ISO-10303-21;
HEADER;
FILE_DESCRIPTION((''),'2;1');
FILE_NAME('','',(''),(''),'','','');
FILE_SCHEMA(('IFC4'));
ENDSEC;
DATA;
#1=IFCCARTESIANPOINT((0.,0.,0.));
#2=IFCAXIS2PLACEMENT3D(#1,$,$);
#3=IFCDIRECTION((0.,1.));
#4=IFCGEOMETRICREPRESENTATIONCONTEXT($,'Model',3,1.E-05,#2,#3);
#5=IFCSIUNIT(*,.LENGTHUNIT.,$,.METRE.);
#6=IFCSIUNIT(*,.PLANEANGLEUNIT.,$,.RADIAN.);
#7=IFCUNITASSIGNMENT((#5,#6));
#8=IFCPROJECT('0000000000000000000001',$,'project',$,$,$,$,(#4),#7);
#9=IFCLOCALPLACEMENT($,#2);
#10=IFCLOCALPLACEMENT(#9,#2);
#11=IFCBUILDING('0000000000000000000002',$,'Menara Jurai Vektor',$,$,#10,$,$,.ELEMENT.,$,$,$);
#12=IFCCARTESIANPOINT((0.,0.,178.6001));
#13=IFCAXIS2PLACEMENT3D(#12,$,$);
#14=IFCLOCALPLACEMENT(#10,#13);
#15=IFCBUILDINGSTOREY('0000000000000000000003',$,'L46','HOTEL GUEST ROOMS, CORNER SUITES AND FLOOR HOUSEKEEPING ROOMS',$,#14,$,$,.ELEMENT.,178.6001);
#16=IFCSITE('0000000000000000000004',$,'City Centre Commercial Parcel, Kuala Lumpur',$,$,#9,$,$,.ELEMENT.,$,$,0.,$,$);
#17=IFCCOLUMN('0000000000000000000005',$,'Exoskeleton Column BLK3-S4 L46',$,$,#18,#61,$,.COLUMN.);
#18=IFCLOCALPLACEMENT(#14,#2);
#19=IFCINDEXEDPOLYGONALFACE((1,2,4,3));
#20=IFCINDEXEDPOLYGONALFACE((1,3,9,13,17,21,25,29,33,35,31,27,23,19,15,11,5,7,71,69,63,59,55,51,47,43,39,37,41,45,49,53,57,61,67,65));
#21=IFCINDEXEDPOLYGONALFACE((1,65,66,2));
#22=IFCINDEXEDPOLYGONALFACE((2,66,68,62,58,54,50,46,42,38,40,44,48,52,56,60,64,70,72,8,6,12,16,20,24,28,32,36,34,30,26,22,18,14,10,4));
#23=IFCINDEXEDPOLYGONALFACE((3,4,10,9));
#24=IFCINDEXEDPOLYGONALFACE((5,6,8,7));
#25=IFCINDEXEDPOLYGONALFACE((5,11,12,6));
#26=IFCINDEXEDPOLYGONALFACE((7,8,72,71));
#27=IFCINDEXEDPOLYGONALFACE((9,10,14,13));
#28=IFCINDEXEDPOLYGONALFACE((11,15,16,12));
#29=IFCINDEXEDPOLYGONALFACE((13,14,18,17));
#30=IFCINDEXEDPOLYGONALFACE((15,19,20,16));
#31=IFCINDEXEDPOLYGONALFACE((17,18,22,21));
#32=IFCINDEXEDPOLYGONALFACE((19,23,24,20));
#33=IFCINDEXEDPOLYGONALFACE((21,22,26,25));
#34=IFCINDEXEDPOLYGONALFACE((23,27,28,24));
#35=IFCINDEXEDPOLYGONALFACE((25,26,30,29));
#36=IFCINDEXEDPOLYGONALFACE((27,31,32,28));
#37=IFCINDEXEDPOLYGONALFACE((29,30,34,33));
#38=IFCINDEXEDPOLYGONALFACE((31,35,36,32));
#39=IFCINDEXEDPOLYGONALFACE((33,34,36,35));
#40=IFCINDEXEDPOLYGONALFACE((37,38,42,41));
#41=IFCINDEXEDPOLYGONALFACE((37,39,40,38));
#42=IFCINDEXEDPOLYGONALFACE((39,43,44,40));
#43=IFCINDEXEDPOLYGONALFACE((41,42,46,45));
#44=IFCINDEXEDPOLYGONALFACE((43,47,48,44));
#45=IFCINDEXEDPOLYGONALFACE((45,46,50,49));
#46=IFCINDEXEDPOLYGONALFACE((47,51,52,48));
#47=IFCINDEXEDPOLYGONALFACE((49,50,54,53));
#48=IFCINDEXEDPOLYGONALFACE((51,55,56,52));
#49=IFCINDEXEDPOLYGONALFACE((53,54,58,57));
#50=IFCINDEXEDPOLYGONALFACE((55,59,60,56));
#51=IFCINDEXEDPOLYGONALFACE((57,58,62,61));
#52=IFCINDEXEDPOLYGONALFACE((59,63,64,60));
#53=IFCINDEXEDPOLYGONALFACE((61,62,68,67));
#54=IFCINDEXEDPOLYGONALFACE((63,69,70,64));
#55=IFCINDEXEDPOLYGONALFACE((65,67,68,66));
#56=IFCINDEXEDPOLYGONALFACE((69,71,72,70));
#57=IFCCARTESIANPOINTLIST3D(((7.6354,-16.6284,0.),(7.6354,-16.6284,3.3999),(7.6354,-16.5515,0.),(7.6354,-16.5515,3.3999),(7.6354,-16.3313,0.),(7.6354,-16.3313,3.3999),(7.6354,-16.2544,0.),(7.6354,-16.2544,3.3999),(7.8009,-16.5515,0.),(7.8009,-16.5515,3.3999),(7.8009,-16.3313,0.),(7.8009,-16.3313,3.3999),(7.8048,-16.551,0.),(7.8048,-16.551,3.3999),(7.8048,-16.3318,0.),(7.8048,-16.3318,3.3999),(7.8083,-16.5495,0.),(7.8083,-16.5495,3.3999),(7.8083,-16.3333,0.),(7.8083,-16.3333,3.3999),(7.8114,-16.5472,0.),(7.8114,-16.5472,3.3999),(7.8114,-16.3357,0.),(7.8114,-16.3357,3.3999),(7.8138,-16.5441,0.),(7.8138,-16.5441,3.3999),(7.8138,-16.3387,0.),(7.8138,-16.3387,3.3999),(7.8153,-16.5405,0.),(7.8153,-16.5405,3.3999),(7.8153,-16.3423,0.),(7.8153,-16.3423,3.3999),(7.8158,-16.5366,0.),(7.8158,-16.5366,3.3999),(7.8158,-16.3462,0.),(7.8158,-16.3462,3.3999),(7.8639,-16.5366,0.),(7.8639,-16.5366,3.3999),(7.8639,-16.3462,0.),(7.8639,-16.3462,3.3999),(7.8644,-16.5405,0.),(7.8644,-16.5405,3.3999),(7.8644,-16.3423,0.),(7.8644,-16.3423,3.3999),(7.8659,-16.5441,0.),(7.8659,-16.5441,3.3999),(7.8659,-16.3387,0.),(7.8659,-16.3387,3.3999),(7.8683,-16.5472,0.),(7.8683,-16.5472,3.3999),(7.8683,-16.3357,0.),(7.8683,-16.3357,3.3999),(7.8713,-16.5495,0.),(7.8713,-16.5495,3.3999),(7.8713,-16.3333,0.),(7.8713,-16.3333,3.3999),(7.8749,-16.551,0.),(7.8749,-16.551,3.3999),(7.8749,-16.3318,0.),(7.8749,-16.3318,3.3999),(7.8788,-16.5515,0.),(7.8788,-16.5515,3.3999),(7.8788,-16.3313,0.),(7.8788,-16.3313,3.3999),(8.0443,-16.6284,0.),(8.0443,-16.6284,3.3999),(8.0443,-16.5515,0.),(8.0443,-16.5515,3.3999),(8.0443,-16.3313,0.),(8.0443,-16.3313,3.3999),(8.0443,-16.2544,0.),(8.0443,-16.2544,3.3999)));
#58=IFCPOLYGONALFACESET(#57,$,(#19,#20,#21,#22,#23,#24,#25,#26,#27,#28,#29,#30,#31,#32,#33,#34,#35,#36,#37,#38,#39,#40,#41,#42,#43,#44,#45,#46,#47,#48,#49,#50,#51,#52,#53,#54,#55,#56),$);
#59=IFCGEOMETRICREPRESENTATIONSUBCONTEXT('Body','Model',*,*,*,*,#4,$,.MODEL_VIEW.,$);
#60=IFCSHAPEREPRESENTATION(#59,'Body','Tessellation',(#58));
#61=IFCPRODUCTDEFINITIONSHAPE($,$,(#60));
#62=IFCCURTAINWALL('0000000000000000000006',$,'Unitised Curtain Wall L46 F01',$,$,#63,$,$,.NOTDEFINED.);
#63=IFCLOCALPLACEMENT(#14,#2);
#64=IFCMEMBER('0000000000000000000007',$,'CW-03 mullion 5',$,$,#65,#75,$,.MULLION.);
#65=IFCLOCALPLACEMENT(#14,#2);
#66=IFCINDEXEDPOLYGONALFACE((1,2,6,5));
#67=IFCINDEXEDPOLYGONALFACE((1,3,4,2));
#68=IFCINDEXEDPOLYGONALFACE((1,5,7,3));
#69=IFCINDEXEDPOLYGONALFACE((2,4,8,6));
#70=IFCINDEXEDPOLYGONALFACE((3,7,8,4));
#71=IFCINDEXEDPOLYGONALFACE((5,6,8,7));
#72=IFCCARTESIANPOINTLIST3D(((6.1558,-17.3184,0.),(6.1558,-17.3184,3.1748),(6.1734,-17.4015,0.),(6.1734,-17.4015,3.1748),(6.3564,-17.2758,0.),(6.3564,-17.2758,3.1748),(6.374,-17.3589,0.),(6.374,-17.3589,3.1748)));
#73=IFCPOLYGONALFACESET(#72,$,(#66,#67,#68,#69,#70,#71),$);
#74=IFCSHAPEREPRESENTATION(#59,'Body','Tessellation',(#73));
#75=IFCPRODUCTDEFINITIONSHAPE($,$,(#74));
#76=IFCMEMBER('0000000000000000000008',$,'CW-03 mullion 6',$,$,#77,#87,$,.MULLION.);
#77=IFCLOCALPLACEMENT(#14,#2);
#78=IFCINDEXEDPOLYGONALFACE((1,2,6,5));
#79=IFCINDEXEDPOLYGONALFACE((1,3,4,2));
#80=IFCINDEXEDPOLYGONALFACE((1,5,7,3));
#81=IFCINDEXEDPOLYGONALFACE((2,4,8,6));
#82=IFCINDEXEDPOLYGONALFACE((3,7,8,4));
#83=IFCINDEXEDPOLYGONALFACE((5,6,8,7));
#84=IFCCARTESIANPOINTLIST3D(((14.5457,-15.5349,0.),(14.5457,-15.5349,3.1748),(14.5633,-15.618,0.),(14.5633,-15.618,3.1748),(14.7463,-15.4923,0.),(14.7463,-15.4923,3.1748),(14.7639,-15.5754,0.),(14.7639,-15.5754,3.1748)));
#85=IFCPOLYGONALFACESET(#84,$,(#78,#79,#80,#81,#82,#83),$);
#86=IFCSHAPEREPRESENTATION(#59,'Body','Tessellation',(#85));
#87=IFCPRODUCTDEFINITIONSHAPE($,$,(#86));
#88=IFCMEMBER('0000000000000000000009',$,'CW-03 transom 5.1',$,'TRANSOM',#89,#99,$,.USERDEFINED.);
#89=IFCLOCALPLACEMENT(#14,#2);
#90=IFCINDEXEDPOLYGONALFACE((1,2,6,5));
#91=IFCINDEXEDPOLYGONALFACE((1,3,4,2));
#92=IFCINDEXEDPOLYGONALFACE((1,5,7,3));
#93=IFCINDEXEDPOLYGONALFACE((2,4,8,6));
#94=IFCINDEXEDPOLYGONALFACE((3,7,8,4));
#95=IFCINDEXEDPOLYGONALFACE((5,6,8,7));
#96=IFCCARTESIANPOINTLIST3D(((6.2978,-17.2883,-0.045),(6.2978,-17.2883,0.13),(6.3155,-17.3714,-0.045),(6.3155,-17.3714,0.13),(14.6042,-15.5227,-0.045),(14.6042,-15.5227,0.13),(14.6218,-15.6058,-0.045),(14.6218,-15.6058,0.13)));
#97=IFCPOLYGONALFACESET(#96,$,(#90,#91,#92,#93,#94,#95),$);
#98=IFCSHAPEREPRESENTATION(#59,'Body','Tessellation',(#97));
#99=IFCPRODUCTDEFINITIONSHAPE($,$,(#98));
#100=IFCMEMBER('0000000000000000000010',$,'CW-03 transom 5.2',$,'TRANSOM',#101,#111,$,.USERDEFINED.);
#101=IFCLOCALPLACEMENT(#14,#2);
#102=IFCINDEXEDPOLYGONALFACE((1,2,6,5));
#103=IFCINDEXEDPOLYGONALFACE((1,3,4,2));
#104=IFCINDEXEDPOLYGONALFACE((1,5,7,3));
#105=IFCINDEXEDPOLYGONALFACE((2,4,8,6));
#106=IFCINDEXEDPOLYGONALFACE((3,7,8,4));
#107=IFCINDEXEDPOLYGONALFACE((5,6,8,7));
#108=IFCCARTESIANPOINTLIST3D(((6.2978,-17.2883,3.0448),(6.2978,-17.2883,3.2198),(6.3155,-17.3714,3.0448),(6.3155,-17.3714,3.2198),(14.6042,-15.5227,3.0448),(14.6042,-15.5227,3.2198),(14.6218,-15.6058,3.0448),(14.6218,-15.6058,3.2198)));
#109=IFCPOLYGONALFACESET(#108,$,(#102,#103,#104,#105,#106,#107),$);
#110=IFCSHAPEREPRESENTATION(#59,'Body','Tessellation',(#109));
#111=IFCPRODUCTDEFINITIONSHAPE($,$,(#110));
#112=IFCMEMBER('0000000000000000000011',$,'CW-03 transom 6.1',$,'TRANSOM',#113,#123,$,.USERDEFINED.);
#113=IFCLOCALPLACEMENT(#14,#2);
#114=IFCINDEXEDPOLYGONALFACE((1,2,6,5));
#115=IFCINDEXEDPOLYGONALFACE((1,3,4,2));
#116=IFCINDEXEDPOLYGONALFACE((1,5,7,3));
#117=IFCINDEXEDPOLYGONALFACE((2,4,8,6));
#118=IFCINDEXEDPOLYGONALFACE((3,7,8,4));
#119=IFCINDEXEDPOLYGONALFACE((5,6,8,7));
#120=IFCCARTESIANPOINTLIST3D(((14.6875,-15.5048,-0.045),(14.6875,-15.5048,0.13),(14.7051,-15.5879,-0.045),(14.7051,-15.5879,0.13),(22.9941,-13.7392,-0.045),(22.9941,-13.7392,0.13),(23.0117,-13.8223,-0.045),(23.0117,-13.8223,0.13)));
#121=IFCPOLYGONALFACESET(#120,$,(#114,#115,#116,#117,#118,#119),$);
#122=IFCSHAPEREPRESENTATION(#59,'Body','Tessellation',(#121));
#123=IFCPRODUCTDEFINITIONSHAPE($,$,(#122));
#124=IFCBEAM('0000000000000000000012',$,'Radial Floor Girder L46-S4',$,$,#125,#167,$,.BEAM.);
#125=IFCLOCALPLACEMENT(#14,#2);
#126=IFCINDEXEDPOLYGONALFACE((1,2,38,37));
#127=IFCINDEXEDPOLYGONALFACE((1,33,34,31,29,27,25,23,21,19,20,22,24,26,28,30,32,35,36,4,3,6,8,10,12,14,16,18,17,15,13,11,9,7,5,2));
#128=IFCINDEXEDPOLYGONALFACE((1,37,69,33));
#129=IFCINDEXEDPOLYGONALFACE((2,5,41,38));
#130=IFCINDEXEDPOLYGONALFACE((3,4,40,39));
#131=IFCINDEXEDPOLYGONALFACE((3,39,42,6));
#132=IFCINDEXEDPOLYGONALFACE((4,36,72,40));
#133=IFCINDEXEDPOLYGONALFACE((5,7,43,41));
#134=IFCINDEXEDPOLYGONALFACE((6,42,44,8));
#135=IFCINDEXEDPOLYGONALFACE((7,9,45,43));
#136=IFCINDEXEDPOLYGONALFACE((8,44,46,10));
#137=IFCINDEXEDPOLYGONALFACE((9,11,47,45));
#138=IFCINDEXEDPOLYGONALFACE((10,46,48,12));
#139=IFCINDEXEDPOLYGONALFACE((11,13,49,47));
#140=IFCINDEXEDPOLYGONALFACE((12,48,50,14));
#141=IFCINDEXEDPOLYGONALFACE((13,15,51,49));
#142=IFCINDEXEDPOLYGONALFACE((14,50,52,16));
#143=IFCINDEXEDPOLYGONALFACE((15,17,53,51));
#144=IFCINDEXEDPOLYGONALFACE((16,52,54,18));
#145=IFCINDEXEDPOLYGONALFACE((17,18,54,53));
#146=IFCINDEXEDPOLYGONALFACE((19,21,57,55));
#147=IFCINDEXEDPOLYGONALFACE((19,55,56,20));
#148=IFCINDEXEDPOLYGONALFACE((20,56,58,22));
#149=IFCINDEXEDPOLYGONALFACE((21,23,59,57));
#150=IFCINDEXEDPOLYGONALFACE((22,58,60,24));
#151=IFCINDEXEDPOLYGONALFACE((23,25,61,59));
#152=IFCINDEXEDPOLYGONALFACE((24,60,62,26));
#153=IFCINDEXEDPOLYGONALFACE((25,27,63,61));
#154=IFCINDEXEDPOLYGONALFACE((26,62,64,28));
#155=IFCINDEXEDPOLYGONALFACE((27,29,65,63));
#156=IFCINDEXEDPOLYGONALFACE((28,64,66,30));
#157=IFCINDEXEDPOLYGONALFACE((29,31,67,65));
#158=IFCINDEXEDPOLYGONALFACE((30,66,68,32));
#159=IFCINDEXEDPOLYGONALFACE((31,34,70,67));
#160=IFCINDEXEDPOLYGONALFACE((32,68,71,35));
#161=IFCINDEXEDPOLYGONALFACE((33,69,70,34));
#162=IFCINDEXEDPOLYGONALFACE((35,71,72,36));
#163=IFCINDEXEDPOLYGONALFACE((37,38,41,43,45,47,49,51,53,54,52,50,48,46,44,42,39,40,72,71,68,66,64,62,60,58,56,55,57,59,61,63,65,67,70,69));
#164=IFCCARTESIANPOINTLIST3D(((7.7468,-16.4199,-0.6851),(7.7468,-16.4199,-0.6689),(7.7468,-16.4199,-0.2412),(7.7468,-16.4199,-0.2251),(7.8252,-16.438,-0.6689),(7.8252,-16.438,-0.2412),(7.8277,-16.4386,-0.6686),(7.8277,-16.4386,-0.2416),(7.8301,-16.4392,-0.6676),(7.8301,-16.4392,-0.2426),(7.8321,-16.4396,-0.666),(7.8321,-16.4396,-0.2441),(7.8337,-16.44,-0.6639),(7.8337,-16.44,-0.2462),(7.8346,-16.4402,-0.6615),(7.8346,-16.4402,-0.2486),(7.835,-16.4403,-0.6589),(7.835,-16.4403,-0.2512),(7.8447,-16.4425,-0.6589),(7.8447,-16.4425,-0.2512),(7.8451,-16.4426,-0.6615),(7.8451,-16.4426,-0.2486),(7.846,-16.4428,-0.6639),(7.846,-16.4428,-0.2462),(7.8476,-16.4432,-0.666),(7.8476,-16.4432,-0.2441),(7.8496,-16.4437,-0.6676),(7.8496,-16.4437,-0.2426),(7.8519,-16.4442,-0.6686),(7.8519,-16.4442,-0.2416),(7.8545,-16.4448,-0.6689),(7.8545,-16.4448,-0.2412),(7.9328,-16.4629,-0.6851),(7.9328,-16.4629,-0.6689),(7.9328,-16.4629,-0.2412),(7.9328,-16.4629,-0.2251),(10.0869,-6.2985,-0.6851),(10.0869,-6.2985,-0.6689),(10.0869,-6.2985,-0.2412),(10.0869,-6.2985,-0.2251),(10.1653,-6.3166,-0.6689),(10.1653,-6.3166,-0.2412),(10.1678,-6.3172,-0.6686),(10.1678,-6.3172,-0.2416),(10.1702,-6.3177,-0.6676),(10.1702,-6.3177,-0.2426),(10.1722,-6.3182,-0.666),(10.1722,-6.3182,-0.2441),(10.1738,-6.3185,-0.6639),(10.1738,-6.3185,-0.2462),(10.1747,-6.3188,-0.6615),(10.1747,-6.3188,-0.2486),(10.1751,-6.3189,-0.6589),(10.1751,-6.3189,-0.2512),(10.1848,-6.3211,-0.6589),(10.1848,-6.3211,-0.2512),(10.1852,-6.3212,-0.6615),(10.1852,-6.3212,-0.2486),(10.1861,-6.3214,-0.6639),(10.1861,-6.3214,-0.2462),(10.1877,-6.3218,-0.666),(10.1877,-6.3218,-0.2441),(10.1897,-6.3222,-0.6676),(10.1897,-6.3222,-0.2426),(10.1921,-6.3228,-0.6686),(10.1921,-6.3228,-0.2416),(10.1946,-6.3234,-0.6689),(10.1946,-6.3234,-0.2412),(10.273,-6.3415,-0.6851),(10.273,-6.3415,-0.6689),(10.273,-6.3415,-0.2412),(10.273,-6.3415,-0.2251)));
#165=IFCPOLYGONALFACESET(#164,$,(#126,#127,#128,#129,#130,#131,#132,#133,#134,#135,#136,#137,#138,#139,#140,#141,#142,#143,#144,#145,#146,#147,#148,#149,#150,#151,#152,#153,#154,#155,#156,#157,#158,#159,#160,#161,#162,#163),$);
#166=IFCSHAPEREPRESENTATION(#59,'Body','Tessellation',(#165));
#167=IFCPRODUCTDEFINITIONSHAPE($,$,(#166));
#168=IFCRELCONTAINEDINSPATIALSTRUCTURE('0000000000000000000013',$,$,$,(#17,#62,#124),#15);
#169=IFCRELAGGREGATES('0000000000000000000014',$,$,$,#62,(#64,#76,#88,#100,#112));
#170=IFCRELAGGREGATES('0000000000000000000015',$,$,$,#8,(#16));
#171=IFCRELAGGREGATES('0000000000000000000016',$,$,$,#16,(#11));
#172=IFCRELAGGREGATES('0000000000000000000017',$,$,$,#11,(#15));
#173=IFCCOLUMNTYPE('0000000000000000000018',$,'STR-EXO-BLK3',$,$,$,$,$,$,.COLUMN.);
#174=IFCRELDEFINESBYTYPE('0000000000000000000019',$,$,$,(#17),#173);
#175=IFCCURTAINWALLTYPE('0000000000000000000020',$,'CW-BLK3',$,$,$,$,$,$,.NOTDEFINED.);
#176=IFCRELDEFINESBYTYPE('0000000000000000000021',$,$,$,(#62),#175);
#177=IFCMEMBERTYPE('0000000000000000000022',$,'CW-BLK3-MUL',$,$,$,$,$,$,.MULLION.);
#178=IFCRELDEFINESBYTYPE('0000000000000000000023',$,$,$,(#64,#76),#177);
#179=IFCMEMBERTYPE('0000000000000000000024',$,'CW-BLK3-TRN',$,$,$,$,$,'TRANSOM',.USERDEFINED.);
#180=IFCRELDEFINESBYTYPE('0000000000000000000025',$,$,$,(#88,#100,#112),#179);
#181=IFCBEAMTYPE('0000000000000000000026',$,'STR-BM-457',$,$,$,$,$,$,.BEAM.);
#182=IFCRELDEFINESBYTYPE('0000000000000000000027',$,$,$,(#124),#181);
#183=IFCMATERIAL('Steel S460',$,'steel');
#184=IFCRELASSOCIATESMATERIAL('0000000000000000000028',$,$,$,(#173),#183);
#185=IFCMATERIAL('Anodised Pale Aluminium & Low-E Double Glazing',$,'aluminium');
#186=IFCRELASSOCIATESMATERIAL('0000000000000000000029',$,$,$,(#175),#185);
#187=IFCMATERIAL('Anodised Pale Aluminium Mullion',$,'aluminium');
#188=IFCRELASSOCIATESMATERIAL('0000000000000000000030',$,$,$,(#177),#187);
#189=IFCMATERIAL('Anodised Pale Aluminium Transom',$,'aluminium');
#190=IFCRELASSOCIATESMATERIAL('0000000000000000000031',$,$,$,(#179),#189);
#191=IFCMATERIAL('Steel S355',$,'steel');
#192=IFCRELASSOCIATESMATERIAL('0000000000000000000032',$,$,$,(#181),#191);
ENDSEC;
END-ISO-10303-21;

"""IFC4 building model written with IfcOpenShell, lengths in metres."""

from ifc_helpers import new_model, si_unit, direction, frame, origin, origin_2d, place, context, subcontext, project, spatial, rectangle, i_section, extrude, material, material_profile, profile_set, type_object, element, aggregate, save


model = new_model("IFC4")

# Units and contexts
model_context = context("Model", 3, precision=1e-05, world=origin(), true_north=direction((0.0, 1.0)))
body_context = subcontext(model_context, "Body", "Model", "MODEL_VIEW")
ifc_project = project(units=[si_unit("LENGTHUNIT", "METRE"), si_unit("PLANEANGLEUNIT", "RADIAN")], contexts=[model_context])

# Site, building, storey
site_placement = place(None, origin())
site = spatial("IfcSite", under=ifc_project, at=site_placement, Name="City Centre Commercial Parcel, Kuala Lumpur", CompositionType="ELEMENT", RefElevation=0.0)
building_placement = place(site_placement, origin())
building = spatial("IfcBuilding", under=site, at=building_placement, Name="Menara Jurai Vektor", CompositionType="ELEMENT")
storey_placement = place(building_placement, frame((0.0, 0.0, 178.6001)))
storey = spatial("IfcBuildingStorey", under=building, at=storey_placement, Name="L46", Description="HOTEL GUEST ROOMS, CORNER SUITES AND FLOOR HOUSEKEEPING ROOMS", CompositionType="ELEMENT", Elevation=178.6001)

# Column
ifc_material_1 = material(Name="Steel S460", Category="steel")
ifc_material_profile_1 = material_profile(ifc_material_1, i_section(OverallWidth=0.4089, OverallDepth=0.374, WebThickness=0.0481, FlangeThickness=0.0769, FilletRadius=0.0149, at=origin_2d()), Name="HD 400x634")
ifc_profile_set_1 = profile_set([ifc_material_profile_1], Name="Steel S460")
column_type = type_object("IfcColumnType", Name="STR-EXO-BLK3", PredefinedType="COLUMN", material=ifc_profile_set_1)
column_placement = place(storey_placement, frame((7.8398, -16.4414, 0.0), z_axis=(0.0, 0.0, 1.0), x_axis=(1.0, 0.0, 0.0)))
element("IfcColumn", 1, at=column_placement, inside=storey, type_object=column_type, Name="Exoskeleton Column BLK3-S4 L46", PredefinedType="COLUMN", context=body_context, shape_type="SweptSolid", body=[
    extrude(i_section(OverallWidth=0.4089, OverallDepth=0.374, WebThickness=0.0481, FlangeThickness=0.0769, FilletRadius=0.0149, at=origin_2d()), origin(), (0.0, 0.0, 1.0), 3.3999),
])

# Curtain wall, members
ifc_material_2 = material(Name="Anodised Pale Aluminium & Low-E Double Glazing", Category="aluminium")
curtain_wall_type = type_object("IfcCurtainWallType", Name="CW-BLK3", PredefinedType="NOTDEFINED", material=ifc_material_2)
curtain_wall_placement = place(storey_placement, origin())
curtain_wall = element("IfcCurtainWall", 2, at=curtain_wall_placement, inside=storey, type_object=curtain_wall_type, Name="Unitised Curtain Wall L46 F01", PredefinedType="NOTDEFINED")
ifc_material_3 = material(Name="Anodised Pale Aluminium Mullion", Category="aluminium")
ifc_material_profile_2 = material_profile(ifc_material_3, rectangle(XDim=0.085, YDim=0.2051, at=origin_2d()), Name="ALU MUL 85x205")
ifc_profile_set_2 = profile_set([ifc_material_profile_2], Name="Anodised Pale Aluminium Mullion")
member_type_1 = type_object("IfcMemberType", Name="CW-BLK3-MUL", PredefinedType="MULLION", material=ifc_profile_set_2)
member_1_placement = place(storey_placement, frame((6.2649, -17.3386, 0.0), z_axis=(0.0, 0.0, 1.0), x_axis=(-0.207911, 0.978148, 0.0)))
member_1 = element("IfcMember", 3, at=member_1_placement, type_object=member_type_1, Name="CW-03 mullion 5", PredefinedType="MULLION", context=body_context, shape_type="SweptSolid", body=[
    extrude(rectangle(XDim=0.085, YDim=0.2051, at=origin_2d()), origin(), (0.0, 0.0, 1.0), 3.1748),
])
member_2_placement = place(storey_placement, frame((14.6548, -15.5552, 0.0), z_axis=(0.0, 0.0, 1.0), x_axis=(-0.207911, 0.978148, 0.0)))
member_2 = element("IfcMember", 4, at=member_2_placement, type_object=member_type_1, Name="CW-03 mullion 6", PredefinedType="MULLION", context=body_context, shape_type="SweptSolid", body=[
    extrude(rectangle(XDim=0.085, YDim=0.2051, at=origin_2d()), origin(), (0.0, 0.0, 1.0), 3.1748),
])
ifc_material_4 = material(Name="Anodised Pale Aluminium Transom", Category="aluminium")
ifc_material_profile_3 = material_profile(ifc_material_4, rectangle(XDim=0.085, YDim=0.175, at=origin_2d()), Name="ALU TRN 85x175")
ifc_profile_set_3 = profile_set([ifc_material_profile_3], Name="Anodised Pale Aluminium Transom")
member_type_2 = type_object("IfcMemberType", Name="CW-BLK3-TRN", ElementType="TRANSOM", PredefinedType="USERDEFINED", material=ifc_profile_set_3)
member_3_placement = place(storey_placement, frame((6.3066, -17.3298, 0.0425), z_axis=(0.978147, 0.207917, 0.0), x_axis=(-0.207917, 0.978147, 0.0)))
member_3 = element("IfcMember", 5, at=member_3_placement, type_object=member_type_2, Name="CW-03 transom 5.1", ObjectType="TRANSOM", PredefinedType="USERDEFINED", context=body_context, shape_type="SweptSolid", body=[
    extrude(rectangle(XDim=0.085, YDim=0.175, at=origin_2d()), origin(), (0.0, 0.0, 1.0), 8.4919),
])
member_4_placement = place(storey_placement, frame((6.3066, -17.3298, 3.1323), z_axis=(0.978147, 0.207917, 0.0), x_axis=(-0.207917, 0.978147, 0.0)))
member_4 = element("IfcMember", 6, at=member_4_placement, type_object=member_type_2, Name="CW-03 transom 5.2", ObjectType="TRANSOM", PredefinedType="USERDEFINED", context=body_context, shape_type="SweptSolid", body=[
    extrude(rectangle(XDim=0.085, YDim=0.175, at=origin_2d()), origin(), (0.0, 0.0, 1.0), 8.4919),
])
member_5_placement = place(storey_placement, frame((14.6963, -15.5464, 0.0425), z_axis=(0.978148, 0.207911, 0.0), x_axis=(-0.207911, 0.978148, 0.0)))
member_5 = element("IfcMember", 7, at=member_5_placement, type_object=member_type_2, Name="CW-03 transom 6.1", ObjectType="TRANSOM", PredefinedType="USERDEFINED", context=body_context, shape_type="SweptSolid", body=[
    extrude(rectangle(XDim=0.085, YDim=0.175, at=origin_2d()), origin(), (0.0, 0.0, 1.0), 8.4922),
])

# Beam
ifc_material_5 = material(Name="Steel S355", Category="steel")
ifc_material_profile_4 = material_profile(ifc_material_5, i_section(OverallWidth=0.1909, OverallDepth=0.46, WebThickness=0.01, FlangeThickness=0.0161, FilletRadius=0.01, at=origin_2d()), Name="UKB 457x191x82")
ifc_profile_set_4 = profile_set([ifc_material_profile_4], Name="Steel S355")
beam_type_1 = type_object("IfcBeamType", Name="STR-BM-457", PredefinedType="BEAM", material=ifc_profile_set_4)
beam_1_placement = place(storey_placement, frame((7.8398, -16.4414, -0.4551), z_axis=(0.225261, 0.974298, 0.0), x_axis=(-0.974298, 0.225261, 0.0)))
element("IfcBeam", 8, at=beam_1_placement, inside=storey, type_object=beam_type_1, Name="Radial Floor Girder L46-S4", PredefinedType="BEAM", context=body_context, shape_type="SweptSolid", body=[
    extrude(i_section(OverallWidth=0.1909, OverallDepth=0.46, WebThickness=0.01, FlangeThickness=0.0161, FilletRadius=0.01, at=origin_2d()), origin(), (0.0, 0.0, 1.0), 10.3884),
])

aggregate(curtain_wall, [member_1, member_2, member_3, member_4, member_5])

save(model, "model.ifc")
